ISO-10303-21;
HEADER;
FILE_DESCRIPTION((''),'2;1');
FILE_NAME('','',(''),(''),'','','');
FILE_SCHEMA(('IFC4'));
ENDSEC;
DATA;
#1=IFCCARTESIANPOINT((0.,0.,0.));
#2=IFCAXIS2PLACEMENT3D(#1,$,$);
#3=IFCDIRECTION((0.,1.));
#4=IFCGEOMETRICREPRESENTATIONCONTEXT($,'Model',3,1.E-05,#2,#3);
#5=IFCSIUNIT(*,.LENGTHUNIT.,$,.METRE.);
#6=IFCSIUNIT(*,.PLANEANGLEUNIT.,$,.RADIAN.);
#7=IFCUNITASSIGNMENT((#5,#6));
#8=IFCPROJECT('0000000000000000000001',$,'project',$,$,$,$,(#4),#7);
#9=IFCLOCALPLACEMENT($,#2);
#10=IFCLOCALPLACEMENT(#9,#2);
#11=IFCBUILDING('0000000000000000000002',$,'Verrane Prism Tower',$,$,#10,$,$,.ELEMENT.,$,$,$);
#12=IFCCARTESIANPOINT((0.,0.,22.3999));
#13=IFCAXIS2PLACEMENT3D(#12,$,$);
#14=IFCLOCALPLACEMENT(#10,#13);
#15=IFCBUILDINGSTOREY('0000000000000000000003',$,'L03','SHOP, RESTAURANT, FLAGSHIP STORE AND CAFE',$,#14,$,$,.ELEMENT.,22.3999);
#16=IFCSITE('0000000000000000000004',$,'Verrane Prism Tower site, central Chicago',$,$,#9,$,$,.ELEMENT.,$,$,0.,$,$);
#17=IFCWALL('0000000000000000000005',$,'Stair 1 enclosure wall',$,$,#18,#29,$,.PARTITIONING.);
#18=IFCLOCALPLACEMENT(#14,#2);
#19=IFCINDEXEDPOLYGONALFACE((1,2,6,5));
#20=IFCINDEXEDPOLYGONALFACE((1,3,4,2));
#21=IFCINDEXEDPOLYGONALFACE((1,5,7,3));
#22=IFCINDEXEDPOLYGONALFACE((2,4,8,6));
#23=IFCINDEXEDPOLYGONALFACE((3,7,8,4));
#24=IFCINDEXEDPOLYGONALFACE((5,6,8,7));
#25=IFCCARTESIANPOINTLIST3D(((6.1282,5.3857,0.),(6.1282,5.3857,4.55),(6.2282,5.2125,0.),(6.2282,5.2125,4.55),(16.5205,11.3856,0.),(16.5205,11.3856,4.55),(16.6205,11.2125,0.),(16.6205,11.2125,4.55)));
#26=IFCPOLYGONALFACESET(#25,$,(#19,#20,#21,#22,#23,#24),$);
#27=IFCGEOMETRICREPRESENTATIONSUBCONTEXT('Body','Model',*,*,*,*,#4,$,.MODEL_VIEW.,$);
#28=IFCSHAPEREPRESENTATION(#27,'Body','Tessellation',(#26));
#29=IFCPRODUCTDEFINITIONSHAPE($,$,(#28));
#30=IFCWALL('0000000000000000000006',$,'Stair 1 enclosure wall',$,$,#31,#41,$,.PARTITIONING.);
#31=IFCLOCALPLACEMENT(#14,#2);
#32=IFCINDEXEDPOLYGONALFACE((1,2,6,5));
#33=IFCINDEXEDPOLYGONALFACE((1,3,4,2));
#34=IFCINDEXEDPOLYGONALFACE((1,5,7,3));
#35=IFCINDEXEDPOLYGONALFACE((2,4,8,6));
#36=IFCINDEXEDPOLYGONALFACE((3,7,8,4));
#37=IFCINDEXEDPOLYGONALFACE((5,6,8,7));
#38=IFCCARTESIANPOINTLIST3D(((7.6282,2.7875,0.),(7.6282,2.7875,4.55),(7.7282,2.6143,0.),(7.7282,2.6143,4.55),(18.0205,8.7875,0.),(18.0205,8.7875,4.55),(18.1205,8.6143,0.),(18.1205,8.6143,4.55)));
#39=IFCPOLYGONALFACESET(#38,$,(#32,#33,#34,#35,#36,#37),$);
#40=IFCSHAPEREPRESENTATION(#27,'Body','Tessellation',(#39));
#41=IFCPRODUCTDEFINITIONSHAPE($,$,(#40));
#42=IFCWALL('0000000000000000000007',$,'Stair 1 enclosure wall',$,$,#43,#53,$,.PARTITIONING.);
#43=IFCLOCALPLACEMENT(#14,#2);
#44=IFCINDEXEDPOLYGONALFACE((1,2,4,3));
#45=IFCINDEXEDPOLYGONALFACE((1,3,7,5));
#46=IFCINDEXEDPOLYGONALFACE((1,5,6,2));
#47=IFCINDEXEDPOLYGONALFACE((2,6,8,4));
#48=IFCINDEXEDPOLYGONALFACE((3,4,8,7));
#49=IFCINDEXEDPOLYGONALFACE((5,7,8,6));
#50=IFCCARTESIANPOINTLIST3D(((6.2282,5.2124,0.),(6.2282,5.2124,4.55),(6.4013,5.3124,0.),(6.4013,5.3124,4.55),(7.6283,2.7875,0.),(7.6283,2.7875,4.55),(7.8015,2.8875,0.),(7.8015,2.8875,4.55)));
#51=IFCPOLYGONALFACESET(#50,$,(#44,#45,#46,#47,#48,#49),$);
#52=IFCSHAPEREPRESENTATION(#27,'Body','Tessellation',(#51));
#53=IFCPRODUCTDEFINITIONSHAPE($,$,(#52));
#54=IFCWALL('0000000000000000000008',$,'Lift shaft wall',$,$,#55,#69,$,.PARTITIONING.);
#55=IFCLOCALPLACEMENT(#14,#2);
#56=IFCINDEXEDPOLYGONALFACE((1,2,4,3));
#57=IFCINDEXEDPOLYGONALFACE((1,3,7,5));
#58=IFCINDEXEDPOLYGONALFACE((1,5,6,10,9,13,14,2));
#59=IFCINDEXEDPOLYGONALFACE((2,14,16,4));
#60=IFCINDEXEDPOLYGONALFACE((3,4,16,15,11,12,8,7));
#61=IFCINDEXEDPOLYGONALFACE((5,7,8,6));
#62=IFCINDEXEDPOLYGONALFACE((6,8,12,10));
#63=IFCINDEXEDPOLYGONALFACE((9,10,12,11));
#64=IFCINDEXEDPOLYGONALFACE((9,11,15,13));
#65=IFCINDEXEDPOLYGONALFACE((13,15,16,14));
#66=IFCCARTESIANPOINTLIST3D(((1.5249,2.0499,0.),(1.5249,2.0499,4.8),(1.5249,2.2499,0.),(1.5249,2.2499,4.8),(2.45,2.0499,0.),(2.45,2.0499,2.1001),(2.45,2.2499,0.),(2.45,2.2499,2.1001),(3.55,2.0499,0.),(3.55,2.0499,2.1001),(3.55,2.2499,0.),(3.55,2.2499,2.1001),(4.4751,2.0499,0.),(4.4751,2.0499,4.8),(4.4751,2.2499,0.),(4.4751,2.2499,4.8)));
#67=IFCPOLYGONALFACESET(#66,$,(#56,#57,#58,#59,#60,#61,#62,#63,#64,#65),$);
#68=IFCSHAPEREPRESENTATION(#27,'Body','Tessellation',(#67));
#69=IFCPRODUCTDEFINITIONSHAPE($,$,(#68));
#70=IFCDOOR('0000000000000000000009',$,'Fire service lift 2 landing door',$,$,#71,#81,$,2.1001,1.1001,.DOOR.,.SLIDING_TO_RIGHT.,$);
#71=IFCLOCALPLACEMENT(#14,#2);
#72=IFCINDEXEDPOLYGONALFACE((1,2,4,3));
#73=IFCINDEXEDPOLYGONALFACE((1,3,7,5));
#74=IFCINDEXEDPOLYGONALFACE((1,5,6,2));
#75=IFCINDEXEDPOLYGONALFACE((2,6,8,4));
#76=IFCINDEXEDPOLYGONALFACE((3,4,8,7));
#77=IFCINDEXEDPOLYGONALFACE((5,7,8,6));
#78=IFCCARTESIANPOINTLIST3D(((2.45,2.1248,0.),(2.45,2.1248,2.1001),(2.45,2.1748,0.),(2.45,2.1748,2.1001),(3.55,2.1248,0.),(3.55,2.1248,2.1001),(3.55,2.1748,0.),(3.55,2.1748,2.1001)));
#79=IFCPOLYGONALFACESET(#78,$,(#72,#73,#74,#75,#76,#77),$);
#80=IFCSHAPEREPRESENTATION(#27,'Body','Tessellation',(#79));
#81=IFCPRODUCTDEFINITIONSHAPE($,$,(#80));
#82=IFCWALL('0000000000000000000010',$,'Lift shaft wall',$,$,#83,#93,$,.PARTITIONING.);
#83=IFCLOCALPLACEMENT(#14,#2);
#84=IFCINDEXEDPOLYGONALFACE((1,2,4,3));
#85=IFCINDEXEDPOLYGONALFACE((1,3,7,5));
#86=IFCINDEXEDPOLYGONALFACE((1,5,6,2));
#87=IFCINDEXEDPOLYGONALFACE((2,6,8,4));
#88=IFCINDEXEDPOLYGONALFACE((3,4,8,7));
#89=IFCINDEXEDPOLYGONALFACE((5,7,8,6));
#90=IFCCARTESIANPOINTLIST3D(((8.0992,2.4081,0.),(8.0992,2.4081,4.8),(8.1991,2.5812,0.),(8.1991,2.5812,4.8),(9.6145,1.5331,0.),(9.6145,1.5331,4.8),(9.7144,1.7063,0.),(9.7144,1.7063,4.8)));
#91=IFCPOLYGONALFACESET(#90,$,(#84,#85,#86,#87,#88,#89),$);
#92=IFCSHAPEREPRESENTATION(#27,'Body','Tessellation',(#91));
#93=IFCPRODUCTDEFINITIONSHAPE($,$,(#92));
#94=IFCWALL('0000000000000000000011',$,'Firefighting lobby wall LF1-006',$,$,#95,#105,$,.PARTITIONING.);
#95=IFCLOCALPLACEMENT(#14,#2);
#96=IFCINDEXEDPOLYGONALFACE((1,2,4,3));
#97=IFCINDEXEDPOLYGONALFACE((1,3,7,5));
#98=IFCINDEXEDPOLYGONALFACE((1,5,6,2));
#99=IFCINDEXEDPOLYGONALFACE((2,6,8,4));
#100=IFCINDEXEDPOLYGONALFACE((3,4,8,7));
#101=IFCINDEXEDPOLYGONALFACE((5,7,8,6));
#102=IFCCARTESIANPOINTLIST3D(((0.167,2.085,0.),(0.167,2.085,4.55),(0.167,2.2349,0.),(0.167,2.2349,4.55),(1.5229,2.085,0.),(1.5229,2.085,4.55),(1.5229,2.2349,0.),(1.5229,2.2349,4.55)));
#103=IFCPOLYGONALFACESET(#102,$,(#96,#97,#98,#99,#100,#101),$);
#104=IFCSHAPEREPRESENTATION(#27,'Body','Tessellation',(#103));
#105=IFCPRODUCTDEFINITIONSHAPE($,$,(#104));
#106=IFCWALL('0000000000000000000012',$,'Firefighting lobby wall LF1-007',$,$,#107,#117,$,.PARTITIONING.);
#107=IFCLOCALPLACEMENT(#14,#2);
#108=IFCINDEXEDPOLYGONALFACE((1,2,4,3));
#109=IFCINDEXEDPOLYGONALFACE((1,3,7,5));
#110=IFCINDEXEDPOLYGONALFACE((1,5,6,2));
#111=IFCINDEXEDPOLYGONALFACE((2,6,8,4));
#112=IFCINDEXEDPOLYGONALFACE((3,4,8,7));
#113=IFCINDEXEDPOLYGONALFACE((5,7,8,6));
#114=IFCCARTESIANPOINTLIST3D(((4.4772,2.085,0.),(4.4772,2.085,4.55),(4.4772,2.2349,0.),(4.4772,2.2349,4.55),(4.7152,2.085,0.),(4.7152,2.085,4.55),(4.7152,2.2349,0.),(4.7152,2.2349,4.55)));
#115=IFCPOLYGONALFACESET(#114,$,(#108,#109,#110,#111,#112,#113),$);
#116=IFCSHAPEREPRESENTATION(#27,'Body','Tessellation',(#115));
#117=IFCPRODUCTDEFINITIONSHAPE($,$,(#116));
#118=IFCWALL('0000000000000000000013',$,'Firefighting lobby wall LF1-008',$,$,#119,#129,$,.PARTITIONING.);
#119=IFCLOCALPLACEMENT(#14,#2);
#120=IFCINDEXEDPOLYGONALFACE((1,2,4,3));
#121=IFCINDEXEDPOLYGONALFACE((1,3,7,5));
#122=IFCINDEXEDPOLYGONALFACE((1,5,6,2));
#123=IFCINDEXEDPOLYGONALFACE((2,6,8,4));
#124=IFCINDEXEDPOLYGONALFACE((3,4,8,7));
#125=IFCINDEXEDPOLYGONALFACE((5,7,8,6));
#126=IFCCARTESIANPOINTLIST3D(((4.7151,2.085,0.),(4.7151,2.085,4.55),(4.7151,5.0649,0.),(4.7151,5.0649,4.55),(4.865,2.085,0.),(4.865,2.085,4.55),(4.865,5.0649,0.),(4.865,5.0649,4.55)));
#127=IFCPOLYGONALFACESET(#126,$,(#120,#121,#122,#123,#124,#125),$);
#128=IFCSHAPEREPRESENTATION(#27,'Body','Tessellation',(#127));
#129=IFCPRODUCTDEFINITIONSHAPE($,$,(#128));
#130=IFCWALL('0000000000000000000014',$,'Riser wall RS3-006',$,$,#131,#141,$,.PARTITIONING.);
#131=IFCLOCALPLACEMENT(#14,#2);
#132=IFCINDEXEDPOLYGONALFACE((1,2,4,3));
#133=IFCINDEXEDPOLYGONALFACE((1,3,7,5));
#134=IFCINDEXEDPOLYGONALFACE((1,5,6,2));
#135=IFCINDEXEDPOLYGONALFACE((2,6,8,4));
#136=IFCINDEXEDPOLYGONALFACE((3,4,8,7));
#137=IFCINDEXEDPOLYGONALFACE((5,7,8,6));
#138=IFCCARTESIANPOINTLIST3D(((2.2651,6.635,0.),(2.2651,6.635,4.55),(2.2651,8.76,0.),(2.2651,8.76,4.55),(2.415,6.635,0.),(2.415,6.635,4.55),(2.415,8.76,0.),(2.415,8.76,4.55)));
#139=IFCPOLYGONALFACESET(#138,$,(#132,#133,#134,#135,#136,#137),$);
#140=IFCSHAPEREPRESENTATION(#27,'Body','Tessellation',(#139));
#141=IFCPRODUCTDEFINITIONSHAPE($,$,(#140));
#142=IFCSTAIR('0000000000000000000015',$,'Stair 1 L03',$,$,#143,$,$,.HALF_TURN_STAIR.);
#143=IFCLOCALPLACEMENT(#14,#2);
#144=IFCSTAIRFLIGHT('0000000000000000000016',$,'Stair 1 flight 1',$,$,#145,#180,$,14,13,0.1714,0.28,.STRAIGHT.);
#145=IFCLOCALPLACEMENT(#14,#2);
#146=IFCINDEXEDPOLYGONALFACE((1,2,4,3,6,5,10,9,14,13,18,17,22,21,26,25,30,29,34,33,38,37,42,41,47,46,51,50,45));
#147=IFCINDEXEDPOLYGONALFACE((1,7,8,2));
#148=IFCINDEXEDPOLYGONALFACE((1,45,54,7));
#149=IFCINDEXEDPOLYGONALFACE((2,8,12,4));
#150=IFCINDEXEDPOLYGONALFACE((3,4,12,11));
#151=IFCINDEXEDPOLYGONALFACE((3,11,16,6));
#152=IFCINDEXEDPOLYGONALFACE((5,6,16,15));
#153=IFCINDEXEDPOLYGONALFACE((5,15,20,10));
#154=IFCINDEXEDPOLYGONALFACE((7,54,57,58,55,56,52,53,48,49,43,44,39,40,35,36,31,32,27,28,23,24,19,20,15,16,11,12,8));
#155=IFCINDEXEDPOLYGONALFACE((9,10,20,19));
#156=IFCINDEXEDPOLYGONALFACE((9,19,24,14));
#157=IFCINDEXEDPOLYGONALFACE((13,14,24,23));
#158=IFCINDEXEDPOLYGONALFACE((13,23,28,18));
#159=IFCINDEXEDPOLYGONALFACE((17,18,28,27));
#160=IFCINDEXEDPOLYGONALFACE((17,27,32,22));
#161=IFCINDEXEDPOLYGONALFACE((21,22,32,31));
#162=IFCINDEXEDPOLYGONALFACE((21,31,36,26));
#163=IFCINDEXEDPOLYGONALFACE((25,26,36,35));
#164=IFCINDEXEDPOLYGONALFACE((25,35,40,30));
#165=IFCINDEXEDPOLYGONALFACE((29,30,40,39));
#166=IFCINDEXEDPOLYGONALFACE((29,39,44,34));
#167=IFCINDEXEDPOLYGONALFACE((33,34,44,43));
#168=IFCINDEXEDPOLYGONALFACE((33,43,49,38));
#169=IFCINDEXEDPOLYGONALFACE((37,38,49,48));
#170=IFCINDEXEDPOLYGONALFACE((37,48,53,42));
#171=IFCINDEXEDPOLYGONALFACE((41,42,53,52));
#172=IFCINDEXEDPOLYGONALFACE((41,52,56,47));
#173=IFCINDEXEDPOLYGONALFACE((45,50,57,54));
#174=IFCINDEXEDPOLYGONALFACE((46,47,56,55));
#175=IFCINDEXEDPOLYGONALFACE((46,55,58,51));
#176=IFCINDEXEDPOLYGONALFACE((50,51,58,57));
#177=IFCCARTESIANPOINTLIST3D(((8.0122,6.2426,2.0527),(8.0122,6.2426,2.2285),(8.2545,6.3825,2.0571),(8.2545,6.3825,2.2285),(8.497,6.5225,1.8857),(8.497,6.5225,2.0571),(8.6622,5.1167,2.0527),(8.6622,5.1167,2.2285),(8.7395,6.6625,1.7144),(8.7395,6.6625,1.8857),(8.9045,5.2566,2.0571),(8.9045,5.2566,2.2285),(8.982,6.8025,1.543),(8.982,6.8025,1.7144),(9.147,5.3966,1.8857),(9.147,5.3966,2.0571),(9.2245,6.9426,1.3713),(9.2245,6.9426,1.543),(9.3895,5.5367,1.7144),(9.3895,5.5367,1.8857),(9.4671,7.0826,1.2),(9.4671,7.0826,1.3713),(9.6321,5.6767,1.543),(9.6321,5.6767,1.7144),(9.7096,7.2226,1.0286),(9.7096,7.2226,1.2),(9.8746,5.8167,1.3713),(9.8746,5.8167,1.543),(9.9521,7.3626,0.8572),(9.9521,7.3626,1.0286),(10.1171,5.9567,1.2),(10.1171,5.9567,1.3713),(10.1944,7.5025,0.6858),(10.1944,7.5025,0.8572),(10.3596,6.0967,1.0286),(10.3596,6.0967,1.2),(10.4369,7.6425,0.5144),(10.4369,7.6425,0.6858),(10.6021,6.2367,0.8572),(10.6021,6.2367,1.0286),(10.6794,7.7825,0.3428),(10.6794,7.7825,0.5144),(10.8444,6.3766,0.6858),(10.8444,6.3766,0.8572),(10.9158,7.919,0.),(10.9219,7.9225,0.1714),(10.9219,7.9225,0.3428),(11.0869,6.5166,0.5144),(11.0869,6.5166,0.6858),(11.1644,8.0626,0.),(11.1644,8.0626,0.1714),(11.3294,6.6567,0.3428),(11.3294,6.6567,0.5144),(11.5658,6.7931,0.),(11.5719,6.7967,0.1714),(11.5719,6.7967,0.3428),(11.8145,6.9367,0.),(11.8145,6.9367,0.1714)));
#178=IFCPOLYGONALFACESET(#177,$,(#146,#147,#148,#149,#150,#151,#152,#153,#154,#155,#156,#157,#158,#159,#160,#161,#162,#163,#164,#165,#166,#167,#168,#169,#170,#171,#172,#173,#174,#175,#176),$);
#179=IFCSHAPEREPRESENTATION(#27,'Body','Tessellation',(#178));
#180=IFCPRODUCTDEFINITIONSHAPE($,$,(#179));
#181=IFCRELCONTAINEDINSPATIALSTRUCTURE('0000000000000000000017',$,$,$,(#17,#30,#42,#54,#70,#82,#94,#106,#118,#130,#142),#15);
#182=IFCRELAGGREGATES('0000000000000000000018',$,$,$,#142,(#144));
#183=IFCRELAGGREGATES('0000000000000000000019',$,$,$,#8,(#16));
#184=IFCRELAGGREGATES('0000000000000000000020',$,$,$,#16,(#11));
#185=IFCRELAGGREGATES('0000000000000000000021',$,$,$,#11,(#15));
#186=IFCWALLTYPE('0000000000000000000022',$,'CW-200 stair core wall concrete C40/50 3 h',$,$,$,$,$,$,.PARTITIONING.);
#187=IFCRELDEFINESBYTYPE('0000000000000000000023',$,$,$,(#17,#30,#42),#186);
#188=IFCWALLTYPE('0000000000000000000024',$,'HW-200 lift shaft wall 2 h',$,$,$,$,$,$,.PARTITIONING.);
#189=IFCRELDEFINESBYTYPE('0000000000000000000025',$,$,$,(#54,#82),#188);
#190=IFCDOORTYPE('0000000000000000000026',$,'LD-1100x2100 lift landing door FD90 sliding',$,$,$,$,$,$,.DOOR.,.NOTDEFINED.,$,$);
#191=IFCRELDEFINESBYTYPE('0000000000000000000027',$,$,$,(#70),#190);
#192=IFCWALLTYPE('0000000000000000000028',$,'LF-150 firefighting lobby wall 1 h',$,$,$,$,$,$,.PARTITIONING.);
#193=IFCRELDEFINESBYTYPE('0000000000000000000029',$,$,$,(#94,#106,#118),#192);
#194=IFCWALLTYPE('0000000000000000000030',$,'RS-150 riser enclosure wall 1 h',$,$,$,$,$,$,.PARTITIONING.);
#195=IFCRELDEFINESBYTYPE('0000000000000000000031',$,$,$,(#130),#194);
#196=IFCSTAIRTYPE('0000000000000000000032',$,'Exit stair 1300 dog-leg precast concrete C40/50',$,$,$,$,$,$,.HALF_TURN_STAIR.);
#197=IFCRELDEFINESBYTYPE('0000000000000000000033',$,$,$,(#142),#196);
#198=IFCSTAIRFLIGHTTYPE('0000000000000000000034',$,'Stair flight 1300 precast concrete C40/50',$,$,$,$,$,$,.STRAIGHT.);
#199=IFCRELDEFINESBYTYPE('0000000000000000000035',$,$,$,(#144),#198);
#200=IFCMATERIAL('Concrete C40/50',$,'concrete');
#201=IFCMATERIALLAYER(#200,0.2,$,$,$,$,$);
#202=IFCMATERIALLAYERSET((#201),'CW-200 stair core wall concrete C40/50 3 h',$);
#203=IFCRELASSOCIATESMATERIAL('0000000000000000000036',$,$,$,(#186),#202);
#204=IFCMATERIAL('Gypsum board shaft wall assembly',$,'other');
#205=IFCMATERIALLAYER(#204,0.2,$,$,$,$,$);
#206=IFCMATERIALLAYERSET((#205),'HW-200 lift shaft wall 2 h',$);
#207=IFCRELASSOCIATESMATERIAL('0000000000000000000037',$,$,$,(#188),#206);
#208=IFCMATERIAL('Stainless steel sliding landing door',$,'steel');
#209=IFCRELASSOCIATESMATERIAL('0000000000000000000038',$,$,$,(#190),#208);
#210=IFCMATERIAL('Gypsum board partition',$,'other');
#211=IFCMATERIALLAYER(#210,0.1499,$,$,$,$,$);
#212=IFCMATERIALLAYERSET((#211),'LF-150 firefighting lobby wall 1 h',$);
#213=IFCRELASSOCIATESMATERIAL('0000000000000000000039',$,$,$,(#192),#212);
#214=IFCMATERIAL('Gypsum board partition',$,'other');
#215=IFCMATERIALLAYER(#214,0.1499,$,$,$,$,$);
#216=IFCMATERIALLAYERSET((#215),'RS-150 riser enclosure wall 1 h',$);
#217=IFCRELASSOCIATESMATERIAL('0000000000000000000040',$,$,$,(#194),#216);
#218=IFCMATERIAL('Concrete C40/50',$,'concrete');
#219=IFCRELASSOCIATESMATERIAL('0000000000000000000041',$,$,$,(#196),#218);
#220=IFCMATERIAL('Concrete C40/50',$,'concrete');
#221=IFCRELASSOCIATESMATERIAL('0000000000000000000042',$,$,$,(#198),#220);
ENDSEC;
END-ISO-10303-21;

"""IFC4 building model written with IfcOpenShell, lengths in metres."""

from ifc_helpers import new_model, si_unit, direction, frame, frame_2d, origin, place, context, subcontext, project, spatial, polyline, rectangle, outline, extrude, material, layer, layer_set, type_object, element, fill, aggregate, save


model = new_model("IFC4")

# Units and contexts
model_context = context("Model", 3, precision=1e-05, world=origin(), true_north=direction((0.0, 1.0)))
body_context = subcontext(model_context, "Body", "Model", "MODEL_VIEW")
ifc_project = project(units=[si_unit("LENGTHUNIT", "METRE"), si_unit("PLANEANGLEUNIT", "RADIAN")], contexts=[model_context])

# Site, building, storey
site_placement = place(None, origin())
site = spatial("IfcSite", under=ifc_project, at=site_placement, Name="Verrane Prism Tower site, central Chicago", CompositionType="ELEMENT", RefElevation=0.0)
building_placement = place(site_placement, origin())
building = spatial("IfcBuilding", under=site, at=building_placement, Name="Verrane Prism Tower", CompositionType="ELEMENT")
storey_placement = place(building_placement, frame((0.0, 0.0, 22.3999)))
storey = spatial("IfcBuildingStorey", under=building, at=storey_placement, Name="L03", Description="SHOP, RESTAURANT, FLAGSHIP STORE AND CAFE", CompositionType="ELEMENT", Elevation=22.3999)

# Walls
ifc_material_1 = material(Name="Concrete C40/50", Category="concrete")
ifc_layer_1 = layer(ifc_material_1, 0.2)
ifc_layer_set_1 = layer_set([ifc_layer_1], Name="CW-200 stair core wall concrete C40/50 3 h")
wall_type_1 = type_object("IfcWallType", Name="CW-200 stair core wall concrete C40/50 3 h", PredefinedType="PARTITIONING", material=ifc_layer_set_1)
for number, where, z_axis, x_axis, name in (
    (1, (6.1782, 5.2991, 0.0), (0.0, 0.0, 1.0), (0.866026, 0.499999, 0.0), "Stair 1 enclosure wall"),
    (2, (7.6782, 2.7009, 0.0), (0.0, 0.0, 1.0), (0.866026, 0.499999, 0.0), "Stair 1 enclosure wall"),
):
    element("IfcWall", number, at=place(storey_placement, frame(where, z_axis=z_axis, x_axis=x_axis)), inside=storey, type_object=wall_type_1, Name=name, PredefinedType="PARTITIONING", context=body_context, shape_type="SweptSolid", body=[
        extrude(rectangle(XDim=12.0, YDim=0.2, at=frame_2d((6.0, 0.0))), origin(), (0.0, 0.0, 1.0), 4.55),
    ])
wall_1_placement = place(storey_placement, frame((7.7148, 2.8376, 0.0), z_axis=(0.0, 0.0, 1.0), x_axis=(-0.50005, 0.865997, 0.0)))
element("IfcWall", 3, at=wall_1_placement, inside=storey, type_object=wall_type_1, Name="Stair 1 enclosure wall", PredefinedType="PARTITIONING", context=body_context, shape_type="SweptSolid", body=[
    extrude(rectangle(XDim=2.8, YDim=0.2, at=frame_2d((1.3999, 0.0))), origin(), (0.0, 0.0, 1.0), 4.55),
])

# Wall, opening, door
ifc_material_2 = material(Name="Gypsum board shaft wall assembly", Category="other")
ifc_layer_2 = layer(ifc_material_2, 0.2)
ifc_layer_set_2 = layer_set([ifc_layer_2], Name="HW-200 lift shaft wall 2 h")
wall_type_2 = type_object("IfcWallType", Name="HW-200 lift shaft wall 2 h", PredefinedType="PARTITIONING", material=ifc_layer_set_2)
wall_2_placement = place(storey_placement, frame((1.5249, 2.1499, 0.0), z_axis=(0.0, 0.0, 1.0), x_axis=(1.0, 0.0, 0.0)))
wall_2 = element("IfcWall", 4, at=wall_2_placement, inside=storey, type_object=wall_type_2, Name="Lift shaft wall", PredefinedType="PARTITIONING", context=body_context, shape_type="SweptSolid", body=[
    extrude(rectangle(XDim=2.9502, YDim=0.2, at=frame_2d((1.4751, 0.0))), origin(), (0.0, 0.0, 1.0), 4.8),
])
opening_1_placement = place(wall_2_placement, frame((0.925, 0.0, 0.0)))
opening_1 = element("IfcOpeningElement", 5, at=opening_1_placement, cuts=wall_2, PredefinedType="OPENING", context=body_context, shape_type="SweptSolid", body=[
    extrude(rectangle(XDim=1.1001, YDim=2.1001, at=frame_2d((0.55, 1.05))), frame((0.0, 0.1099, 0.0), z_axis=(0.0, -1.0, 0.0), x_axis=(1.0, 0.0, 0.0)), (0.0, 0.0, 1.0), 0.22),
])
ifc_material_3 = material(Name="Stainless steel sliding landing door", Category="steel")
door_type_1 = type_object("IfcDoorType", Name="LD-1100x2100 lift landing door FD90 sliding", OperationType="NOTDEFINED", PredefinedType="DOOR", material=ifc_material_3)
door_1_placement = place(opening_1_placement, origin())
door_1 = element("IfcDoor", 6, at=door_1_placement, inside=storey, type_object=door_type_1, Name="Fire service lift 2 landing door", OperationType="SLIDING_TO_RIGHT", OverallHeight=2.1001, OverallWidth=1.1001, PredefinedType="DOOR", context=body_context, shape_type="SweptSolid", body=[
    extrude(rectangle(XDim=1.1001, YDim=2.1001, at=frame_2d((0.55, 1.05))), frame((0.0, 0.0249, 0.0), z_axis=(0.0, -1.0, 0.0), x_axis=(1.0, 0.0, 0.0)), (0.0, 0.0, 1.0), 0.05),
])
fill(opening_1, door_1)

# Walls
wall_3_placement = place(storey_placement, frame((9.6646, 1.6196, 0.0), z_axis=(0.0, 0.0, 1.0), x_axis=(-0.866002, 0.50004, 0.0)))
element("IfcWall", 7, at=wall_3_placement, inside=storey, type_object=wall_type_2, Name="Lift shaft wall", PredefinedType="PARTITIONING", context=body_context, shape_type="SweptSolid", body=[
    extrude(rectangle(XDim=1.7498, YDim=0.2, at=frame_2d((0.875, 0.0))), origin(), (0.0, 0.0, 1.0), 4.8),
])
ifc_material_4 = material(Name="Gypsum board partition", Category="other")
ifc_layer_3 = layer(ifc_material_4, 0.1499)
ifc_layer_set_3 = layer_set([ifc_layer_3], Name="LF-150 firefighting lobby wall 1 h")
wall_type_3 = type_object("IfcWallType", Name="LF-150 firefighting lobby wall 1 h", PredefinedType="PARTITIONING", material=ifc_layer_set_3)
wall_4_placement = place(storey_placement, frame((0.167, 2.1599, 0.0), z_axis=(0.0, 0.0, 1.0), x_axis=(1.0, 0.0, 0.0)))
element("IfcWall", 8, at=wall_4_placement, inside=storey, type_object=wall_type_3, Name="Firefighting lobby wall LF1-006", PredefinedType="PARTITIONING", context=body_context, shape_type="SweptSolid", body=[
    extrude(rectangle(XDim=1.356, YDim=0.1499, at=frame_2d((0.678, 0.0))), origin(), (0.0, 0.0, 1.0), 4.55),
])
wall_5_placement = place(storey_placement, frame((4.4771, 2.1599, 0.0), z_axis=(0.0, 0.0, 1.0), x_axis=(1.0, 0.0, 0.0)))
element("IfcWall", 9, at=wall_5_placement, inside=storey, type_object=wall_type_3, Name="Firefighting lobby wall LF1-007", PredefinedType="PARTITIONING", context=body_context, shape_type="SweptSolid", body=[
    extrude(rectangle(XDim=0.238, YDim=0.1499, at=frame_2d((0.1191, 0.0))), origin(), (0.0, 0.0, 1.0), 4.55),
])
wall_6_placement = place(storey_placement, frame((4.79, 2.085, 0.0), z_axis=(0.0, 0.0, 1.0), x_axis=(0.0, 1.0, 0.0)))
element("IfcWall", 10, at=wall_6_placement, inside=storey, type_object=wall_type_3, Name="Firefighting lobby wall LF1-008", PredefinedType="PARTITIONING", context=body_context, shape_type="SweptSolid", body=[
    extrude(rectangle(XDim=2.98, YDim=0.1499, at=frame_2d((1.49, 0.0))), origin(), (0.0, 0.0, 1.0), 4.55),
])
ifc_material_5 = material(Name="Gypsum board partition", Category="other")
ifc_layer_4 = layer(ifc_material_5, 0.1499)
ifc_layer_set_4 = layer_set([ifc_layer_4], Name="RS-150 riser enclosure wall 1 h")
wall_type_4 = type_object("IfcWallType", Name="RS-150 riser enclosure wall 1 h", PredefinedType="PARTITIONING", material=ifc_layer_set_4)
wall_7_placement = place(storey_placement, frame((2.3401, 6.635, 0.0), z_axis=(0.0, 0.0, 1.0), x_axis=(0.0, 1.0, 0.0)))
element("IfcWall", 11, at=wall_7_placement, inside=storey, type_object=wall_type_4, Name="Riser wall RS3-006", PredefinedType="PARTITIONING", context=body_context, shape_type="SweptSolid", body=[
    extrude(rectangle(XDim=2.125, YDim=0.1499, at=frame_2d((1.0625, 0.0))), origin(), (0.0, 0.0, 1.0), 4.55),
])

# Stair, stair flight
ifc_material_6 = material(Name="Concrete C40/50", Category="concrete")
stair_type = type_object("IfcStairType", Name="Exit stair 1300 dog-leg precast concrete C40/50", PredefinedType="HALF_TURN_STAIR", material=ifc_material_6)
stair_placement = place(storey_placement, origin())
stair = element("IfcStair", 12, at=stair_placement, inside=storey, type_object=stair_type, Name="Stair 1 L03", PredefinedType="HALF_TURN_STAIR")
ifc_material_7 = material(Name="Concrete C40/50", Category="concrete")
stair_flight_type = type_object("IfcStairFlightType", Name="Stair flight 1300 precast concrete C40/50", PredefinedType="STRAIGHT", material=ifc_material_7)
stair_flight_1_placement = place(storey_placement, frame((11.4895, 7.4995, 0.0), z_axis=(0.0, 0.0, 1.0), x_axis=(-0.866025, -0.5, 0.0)))
stair_flight_1 = element("IfcStairFlight", 13, at=stair_flight_1_placement, type_object=stair_flight_type, Name="Stair 1 flight 1", NumberOfRisers=14, NumberOfTreads=13, PredefinedType="STRAIGHT", RiserHeight=0.1714, TreadLength=0.28, context=body_context, shape_type="SweptSolid", body=[
    extrude(outline(polyline([(0.0, 0.0), (0.0, 0.1714), (0.28, 0.1714), (0.28, 0.3428), (0.5601, 0.3428), (0.5601, 0.5144), (0.8401, 0.5144), (0.8401, 0.6858), (1.1201, 0.6858), (1.1201, 0.8572), (1.3999, 0.8572), (1.3999, 1.0286), (1.6799, 1.0286), (1.6799, 1.2), (1.96, 1.2), (1.96, 1.3713), (2.24, 1.3713), (2.24, 1.543), (2.52, 1.543), (2.52, 1.7144), (2.8, 1.7144), (2.8, 1.8857), (3.0801, 1.8857), (3.0801, 2.0571), (3.3601, 2.0571), (3.3601, 2.2285), (3.6399, 2.2285), (3.6399, 2.3999), (3.6399, 2.0527), (0.2871, 0.0), (0.0, 0.0)])), frame((0.0, 0.6499, 0.0), z_axis=(0.0, -1.0, 0.0), x_axis=(1.0, 0.0, 0.0)), (0.0, 0.0, 1.0), 1.3),
])
aggregate(stair, [stair_flight_1])

save(model, "model.ifc")
